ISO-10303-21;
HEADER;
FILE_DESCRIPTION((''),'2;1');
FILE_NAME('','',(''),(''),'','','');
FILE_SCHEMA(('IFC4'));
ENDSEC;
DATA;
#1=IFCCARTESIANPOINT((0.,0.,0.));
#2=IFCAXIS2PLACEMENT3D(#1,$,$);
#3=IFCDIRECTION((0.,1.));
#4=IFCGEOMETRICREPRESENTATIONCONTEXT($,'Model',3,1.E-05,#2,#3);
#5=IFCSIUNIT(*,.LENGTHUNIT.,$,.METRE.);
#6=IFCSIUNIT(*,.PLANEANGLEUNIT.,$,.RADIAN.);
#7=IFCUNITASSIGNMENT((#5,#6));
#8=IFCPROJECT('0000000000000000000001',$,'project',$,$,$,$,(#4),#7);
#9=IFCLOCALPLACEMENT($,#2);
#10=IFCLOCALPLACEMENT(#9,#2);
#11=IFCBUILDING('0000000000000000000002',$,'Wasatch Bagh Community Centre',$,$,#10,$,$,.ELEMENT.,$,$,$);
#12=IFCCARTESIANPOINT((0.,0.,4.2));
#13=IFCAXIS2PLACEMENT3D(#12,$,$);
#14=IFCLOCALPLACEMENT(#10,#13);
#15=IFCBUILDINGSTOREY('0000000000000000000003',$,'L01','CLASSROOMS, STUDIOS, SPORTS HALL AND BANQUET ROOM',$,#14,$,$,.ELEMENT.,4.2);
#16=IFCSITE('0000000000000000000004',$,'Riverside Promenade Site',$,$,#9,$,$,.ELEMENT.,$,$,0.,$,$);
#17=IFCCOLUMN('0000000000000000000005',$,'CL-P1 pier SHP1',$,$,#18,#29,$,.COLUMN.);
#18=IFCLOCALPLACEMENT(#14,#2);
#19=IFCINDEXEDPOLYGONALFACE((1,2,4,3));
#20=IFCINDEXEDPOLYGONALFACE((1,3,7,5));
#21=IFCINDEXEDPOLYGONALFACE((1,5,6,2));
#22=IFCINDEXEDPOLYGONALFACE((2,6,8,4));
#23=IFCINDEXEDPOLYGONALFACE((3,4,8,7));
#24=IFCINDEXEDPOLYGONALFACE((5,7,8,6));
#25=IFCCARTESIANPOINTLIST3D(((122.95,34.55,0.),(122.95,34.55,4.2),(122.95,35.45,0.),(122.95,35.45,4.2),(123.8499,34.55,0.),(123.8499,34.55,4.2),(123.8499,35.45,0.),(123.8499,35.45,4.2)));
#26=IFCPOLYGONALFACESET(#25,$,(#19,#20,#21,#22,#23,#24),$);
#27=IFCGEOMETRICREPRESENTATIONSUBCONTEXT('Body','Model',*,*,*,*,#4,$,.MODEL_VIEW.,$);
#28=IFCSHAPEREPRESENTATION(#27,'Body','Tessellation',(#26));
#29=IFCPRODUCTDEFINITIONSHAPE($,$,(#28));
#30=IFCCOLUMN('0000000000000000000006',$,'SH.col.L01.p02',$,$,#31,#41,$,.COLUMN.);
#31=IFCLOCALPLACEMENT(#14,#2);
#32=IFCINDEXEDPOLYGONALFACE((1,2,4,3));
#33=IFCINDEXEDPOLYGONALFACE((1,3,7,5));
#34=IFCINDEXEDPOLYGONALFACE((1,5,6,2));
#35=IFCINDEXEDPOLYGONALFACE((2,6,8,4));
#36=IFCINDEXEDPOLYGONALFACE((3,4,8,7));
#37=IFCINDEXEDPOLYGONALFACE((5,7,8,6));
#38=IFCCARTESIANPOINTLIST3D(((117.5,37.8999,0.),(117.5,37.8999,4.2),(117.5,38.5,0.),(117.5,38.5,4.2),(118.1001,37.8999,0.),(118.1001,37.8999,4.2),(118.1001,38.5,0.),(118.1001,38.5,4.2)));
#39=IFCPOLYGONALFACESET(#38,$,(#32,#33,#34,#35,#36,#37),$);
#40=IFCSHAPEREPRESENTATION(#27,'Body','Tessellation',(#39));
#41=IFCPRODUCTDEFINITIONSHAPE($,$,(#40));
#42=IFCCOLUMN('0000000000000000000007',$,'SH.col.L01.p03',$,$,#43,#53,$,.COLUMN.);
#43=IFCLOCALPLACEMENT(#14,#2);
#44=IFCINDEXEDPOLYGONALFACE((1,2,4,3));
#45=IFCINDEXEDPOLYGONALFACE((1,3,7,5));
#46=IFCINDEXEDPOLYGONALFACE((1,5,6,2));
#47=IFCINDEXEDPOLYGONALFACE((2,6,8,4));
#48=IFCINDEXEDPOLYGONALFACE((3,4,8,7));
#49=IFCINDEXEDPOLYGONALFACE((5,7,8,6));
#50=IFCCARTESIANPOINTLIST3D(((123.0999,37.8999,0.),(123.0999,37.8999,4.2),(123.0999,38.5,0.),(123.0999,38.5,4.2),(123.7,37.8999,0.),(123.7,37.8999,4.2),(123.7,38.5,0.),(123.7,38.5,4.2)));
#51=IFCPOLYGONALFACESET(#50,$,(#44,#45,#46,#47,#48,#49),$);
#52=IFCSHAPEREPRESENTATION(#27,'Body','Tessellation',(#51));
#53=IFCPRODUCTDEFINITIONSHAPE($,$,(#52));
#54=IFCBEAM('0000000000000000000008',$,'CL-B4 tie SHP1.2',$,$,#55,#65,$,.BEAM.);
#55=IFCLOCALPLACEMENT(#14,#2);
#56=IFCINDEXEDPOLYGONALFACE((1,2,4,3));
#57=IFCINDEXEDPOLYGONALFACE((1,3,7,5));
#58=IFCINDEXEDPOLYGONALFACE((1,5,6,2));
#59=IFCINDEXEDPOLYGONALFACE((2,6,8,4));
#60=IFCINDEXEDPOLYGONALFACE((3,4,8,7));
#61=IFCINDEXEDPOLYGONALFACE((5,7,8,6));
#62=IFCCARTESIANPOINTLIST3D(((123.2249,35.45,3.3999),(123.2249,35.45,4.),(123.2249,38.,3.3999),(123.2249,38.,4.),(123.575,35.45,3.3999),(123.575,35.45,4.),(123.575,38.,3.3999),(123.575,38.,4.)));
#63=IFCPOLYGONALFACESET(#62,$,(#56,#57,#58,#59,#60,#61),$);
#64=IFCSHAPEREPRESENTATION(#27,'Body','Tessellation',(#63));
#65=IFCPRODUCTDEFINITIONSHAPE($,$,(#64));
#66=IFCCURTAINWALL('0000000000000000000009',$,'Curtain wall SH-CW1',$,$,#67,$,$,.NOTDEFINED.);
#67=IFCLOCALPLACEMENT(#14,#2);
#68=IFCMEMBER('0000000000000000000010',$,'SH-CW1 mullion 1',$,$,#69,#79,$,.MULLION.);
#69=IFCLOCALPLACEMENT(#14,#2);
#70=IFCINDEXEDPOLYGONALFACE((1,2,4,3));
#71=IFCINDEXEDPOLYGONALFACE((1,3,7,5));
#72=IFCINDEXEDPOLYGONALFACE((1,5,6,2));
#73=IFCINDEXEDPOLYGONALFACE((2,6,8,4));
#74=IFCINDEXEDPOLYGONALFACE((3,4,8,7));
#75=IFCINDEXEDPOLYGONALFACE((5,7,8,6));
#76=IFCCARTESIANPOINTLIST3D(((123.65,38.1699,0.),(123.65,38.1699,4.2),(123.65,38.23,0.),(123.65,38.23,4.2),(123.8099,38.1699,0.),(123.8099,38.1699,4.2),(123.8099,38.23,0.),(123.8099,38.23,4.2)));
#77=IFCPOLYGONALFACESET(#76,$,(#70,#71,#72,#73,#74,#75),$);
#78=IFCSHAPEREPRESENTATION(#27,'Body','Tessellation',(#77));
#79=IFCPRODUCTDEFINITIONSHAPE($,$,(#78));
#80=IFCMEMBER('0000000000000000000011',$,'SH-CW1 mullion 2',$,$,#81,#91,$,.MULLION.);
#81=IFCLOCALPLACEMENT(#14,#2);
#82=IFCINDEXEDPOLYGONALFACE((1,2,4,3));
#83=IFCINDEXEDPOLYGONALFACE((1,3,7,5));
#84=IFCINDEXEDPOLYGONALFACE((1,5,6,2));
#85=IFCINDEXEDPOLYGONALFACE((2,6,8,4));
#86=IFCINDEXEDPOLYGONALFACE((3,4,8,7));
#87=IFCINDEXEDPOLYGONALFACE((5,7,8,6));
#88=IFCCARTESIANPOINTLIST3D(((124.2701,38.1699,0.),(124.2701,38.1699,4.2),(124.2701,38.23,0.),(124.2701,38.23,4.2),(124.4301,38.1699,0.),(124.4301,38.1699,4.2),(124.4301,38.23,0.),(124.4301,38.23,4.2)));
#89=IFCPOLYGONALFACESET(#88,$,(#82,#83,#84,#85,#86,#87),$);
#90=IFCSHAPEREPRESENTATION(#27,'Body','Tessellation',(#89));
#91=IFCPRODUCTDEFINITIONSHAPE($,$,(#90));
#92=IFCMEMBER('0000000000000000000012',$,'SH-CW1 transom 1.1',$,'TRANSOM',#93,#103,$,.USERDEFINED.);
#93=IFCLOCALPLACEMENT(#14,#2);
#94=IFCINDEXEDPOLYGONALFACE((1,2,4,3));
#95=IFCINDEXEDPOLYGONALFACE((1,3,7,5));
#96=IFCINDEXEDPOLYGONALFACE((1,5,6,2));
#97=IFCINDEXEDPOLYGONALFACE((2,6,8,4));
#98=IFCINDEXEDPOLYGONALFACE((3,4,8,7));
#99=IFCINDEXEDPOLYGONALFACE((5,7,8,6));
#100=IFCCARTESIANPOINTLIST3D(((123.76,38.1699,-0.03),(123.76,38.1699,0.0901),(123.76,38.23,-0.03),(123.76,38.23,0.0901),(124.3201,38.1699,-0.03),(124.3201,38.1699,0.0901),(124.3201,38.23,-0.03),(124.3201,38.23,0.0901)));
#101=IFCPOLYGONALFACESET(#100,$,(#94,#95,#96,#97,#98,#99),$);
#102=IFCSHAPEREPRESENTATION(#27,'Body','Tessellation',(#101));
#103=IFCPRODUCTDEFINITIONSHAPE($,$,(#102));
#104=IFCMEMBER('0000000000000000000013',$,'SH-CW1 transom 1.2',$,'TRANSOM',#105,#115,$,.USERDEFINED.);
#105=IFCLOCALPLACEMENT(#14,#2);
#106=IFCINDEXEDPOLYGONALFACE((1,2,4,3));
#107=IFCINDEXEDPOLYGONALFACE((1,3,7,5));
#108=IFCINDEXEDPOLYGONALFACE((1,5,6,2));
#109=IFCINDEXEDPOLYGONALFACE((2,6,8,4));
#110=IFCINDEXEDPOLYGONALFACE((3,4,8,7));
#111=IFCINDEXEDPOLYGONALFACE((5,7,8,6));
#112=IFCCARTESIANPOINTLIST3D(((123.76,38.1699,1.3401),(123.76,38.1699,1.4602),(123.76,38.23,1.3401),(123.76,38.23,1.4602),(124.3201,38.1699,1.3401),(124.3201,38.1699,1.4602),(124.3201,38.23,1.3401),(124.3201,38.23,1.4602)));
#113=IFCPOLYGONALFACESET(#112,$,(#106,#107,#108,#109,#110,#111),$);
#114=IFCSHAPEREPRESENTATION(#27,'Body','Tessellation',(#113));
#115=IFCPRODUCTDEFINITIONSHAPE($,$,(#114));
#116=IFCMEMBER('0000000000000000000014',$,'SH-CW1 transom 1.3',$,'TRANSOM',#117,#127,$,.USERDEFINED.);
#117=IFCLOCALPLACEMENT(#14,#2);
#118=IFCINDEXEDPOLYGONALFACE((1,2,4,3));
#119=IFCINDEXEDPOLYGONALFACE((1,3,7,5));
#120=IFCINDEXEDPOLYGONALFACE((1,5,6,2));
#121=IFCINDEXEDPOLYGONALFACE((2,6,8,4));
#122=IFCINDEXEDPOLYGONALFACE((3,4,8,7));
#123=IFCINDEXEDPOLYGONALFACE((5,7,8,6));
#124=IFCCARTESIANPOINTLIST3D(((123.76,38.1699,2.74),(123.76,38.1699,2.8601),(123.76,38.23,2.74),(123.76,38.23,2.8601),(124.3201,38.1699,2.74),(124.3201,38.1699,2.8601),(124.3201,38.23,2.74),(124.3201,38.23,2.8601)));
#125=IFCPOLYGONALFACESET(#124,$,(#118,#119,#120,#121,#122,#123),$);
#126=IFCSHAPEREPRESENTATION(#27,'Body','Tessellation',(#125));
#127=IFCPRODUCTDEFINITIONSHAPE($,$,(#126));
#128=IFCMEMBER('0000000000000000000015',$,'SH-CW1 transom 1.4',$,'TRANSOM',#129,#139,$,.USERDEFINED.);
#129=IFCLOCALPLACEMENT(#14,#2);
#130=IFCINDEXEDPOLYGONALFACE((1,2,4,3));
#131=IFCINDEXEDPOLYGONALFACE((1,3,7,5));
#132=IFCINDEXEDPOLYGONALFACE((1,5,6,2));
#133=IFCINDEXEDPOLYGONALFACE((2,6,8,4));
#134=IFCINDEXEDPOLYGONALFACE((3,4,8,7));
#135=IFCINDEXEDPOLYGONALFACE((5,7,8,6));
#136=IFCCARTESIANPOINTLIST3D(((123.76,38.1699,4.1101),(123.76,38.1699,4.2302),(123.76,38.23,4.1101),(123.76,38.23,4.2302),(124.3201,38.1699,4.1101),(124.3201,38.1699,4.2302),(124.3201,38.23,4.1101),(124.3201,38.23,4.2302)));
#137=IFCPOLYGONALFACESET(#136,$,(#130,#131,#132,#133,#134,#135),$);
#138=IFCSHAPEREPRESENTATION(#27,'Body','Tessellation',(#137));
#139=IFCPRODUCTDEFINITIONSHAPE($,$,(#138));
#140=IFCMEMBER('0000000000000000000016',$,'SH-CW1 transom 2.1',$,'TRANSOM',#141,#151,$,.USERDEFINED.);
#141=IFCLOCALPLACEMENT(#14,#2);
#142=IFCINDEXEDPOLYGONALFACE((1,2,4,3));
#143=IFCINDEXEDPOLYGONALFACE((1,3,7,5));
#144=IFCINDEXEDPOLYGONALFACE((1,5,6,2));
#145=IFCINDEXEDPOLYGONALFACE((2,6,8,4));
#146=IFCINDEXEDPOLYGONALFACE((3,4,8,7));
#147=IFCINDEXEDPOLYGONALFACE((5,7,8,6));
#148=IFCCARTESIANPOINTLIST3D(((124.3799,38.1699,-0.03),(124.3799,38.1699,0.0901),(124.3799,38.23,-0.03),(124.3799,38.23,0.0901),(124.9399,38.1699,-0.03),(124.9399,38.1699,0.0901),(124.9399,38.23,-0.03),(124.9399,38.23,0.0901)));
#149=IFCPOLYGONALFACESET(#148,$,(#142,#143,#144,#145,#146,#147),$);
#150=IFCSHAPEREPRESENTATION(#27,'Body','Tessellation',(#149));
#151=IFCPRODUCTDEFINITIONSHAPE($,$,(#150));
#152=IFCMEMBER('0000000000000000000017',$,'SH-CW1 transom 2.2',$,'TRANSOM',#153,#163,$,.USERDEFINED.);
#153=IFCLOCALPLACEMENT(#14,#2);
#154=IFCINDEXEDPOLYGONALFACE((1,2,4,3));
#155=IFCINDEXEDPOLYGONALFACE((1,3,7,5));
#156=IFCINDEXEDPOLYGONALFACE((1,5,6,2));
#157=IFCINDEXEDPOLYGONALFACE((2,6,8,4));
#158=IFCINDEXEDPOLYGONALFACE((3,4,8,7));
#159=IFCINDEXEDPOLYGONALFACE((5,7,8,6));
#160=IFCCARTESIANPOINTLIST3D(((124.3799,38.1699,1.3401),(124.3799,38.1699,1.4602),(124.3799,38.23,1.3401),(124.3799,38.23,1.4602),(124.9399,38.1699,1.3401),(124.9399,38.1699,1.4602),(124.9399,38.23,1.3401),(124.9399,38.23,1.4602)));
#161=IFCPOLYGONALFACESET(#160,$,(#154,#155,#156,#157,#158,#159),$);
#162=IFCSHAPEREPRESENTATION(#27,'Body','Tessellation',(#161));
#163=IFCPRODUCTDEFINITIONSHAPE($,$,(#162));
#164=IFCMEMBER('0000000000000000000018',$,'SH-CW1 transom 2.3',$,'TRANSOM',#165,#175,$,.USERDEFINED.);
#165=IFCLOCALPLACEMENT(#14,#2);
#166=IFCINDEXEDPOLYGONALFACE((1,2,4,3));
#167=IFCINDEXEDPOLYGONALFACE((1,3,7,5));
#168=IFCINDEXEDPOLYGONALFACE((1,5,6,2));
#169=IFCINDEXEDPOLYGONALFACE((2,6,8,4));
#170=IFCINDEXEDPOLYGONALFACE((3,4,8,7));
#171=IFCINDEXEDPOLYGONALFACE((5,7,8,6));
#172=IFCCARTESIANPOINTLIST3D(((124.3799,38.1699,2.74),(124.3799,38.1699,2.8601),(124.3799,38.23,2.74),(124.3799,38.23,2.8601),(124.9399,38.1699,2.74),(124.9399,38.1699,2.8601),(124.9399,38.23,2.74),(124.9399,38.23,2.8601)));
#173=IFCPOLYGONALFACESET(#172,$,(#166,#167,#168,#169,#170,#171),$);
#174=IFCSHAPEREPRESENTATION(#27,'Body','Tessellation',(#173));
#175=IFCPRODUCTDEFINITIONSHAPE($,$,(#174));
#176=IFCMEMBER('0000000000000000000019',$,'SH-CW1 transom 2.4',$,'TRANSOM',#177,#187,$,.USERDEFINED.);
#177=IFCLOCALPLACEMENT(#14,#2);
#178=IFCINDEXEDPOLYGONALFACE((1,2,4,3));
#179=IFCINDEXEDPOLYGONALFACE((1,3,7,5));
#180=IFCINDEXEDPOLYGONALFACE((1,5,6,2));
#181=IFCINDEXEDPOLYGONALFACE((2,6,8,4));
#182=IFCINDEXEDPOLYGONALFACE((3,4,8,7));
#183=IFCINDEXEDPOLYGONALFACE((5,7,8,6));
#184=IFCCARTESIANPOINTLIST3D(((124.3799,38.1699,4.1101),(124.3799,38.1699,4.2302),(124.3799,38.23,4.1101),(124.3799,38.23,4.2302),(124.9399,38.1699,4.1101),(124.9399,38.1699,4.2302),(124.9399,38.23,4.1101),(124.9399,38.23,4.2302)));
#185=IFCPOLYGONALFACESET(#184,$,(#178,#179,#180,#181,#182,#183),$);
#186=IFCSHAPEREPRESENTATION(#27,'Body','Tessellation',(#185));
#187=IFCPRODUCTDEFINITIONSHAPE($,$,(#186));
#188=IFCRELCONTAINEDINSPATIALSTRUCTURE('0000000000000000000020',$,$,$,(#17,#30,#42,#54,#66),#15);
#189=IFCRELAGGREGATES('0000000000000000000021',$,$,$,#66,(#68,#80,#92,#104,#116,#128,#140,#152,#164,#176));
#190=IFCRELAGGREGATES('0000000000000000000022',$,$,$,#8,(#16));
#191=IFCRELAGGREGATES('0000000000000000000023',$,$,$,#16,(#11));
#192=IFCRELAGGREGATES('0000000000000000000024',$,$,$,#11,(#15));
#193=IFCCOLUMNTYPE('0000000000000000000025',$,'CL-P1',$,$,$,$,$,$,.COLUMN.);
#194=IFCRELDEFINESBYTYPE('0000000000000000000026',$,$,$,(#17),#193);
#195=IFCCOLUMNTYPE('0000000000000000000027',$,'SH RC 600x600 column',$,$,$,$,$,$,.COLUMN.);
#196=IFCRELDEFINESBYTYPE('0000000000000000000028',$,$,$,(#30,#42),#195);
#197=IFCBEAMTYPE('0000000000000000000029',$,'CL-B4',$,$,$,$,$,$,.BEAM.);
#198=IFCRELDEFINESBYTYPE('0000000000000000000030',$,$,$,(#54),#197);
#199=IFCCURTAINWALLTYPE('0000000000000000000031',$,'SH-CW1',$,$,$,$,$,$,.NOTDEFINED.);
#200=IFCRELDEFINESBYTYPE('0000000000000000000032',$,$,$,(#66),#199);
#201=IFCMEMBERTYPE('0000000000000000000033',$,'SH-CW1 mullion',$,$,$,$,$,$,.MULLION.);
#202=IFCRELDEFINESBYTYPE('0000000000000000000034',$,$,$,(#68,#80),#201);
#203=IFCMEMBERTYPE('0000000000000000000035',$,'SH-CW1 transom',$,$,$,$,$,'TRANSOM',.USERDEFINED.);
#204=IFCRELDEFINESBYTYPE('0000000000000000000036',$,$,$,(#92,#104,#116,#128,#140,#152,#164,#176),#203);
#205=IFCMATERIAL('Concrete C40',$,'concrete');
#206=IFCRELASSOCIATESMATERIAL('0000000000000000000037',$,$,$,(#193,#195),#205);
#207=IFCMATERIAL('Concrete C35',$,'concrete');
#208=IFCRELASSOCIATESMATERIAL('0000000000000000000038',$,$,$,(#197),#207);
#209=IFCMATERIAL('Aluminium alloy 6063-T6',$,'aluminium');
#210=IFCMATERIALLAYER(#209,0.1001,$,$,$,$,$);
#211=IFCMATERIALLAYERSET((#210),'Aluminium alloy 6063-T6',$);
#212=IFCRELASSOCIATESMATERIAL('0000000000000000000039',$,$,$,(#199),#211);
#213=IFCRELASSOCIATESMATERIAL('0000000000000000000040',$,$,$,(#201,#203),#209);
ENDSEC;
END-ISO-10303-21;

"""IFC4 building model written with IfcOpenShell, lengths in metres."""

from ifc_helpers import new_model, si_unit, direction, frame, origin, origin_2d, place, context, subcontext, project, spatial, rectangle, extrude, material, layer, layer_set, material_profile, profile_set, type_object, element, aggregate, save


model = new_model("IFC4")

# Units and contexts
model_context = context("Model", 3, precision=1e-05, world=origin(), true_north=direction((0.0, 1.0)))
body_context = subcontext(model_context, "Body", "Model", "MODEL_VIEW")
ifc_project = project(units=[si_unit("LENGTHUNIT", "METRE"), si_unit("PLANEANGLEUNIT", "RADIAN")], contexts=[model_context])

# Site, building, storey
site_placement = place(None, origin())
site = spatial("IfcSite", under=ifc_project, at=site_placement, Name="Riverside Promenade Site", CompositionType="ELEMENT", RefElevation=0.0)
building_placement = place(site_placement, origin())
building = spatial("IfcBuilding", under=site, at=building_placement, Name="Wasatch Bagh Community Centre", CompositionType="ELEMENT")
storey_placement = place(building_placement, frame((0.0, 0.0, 4.2)))
storey = spatial("IfcBuildingStorey", under=building, at=storey_placement, Name="L01", Description="CLASSROOMS, STUDIOS, SPORTS HALL AND BANQUET ROOM", CompositionType="ELEMENT", Elevation=4.2)

# Columns
ifc_material_1 = material(Name="Concrete C40", Category="concrete")
ifc_material_profile_1 = material_profile(ifc_material_1, rectangle(XDim=0.8999, YDim=0.8999, at=origin_2d()), Name="RC 900x900")
ifc_profile_set_1 = profile_set([ifc_material_profile_1], Name="Concrete C40")
column_type_1 = type_object("IfcColumnType", Name="CL-P1", PredefinedType="COLUMN", material=ifc_profile_set_1)
column_placement = place(storey_placement, frame((123.3999, 35.0, 0.0), z_axis=(0.0, 0.0, 1.0), x_axis=(1.0, 0.0, 0.0)))
element("IfcColumn", 1, at=column_placement, inside=storey, type_object=column_type_1, Name="CL-P1 pier SHP1", PredefinedType="COLUMN", context=body_context, shape_type="SweptSolid", body=[
    extrude(rectangle(XDim=0.8999, YDim=0.8999, at=origin_2d()), origin(), (0.0, 0.0, 1.0), 4.2),
])
ifc_material_profile_2 = material_profile(ifc_material_1, rectangle(XDim=0.6001, YDim=0.6001, at=origin_2d()), Name="RC 600x600")
ifc_profile_set_2 = profile_set([ifc_material_profile_2], Name="Concrete C40")
column_type_2 = type_object("IfcColumnType", Name="SH RC 600x600 column", PredefinedType="COLUMN", material=ifc_profile_set_2)
for number, where, z_axis, x_axis, name in (
    (2, (117.8, 38.2, 0.0), (0.0, 0.0, 1.0), (1.0, 0.0, 0.0), "SH.col.L01.p02"),
    (3, (123.3999, 38.2, 0.0), (0.0, 0.0, 1.0), (1.0, 0.0, 0.0), "SH.col.L01.p03"),
):
    element("IfcColumn", number, at=place(storey_placement, frame(where, z_axis=z_axis, x_axis=x_axis)), inside=storey, type_object=column_type_2, Name=name, PredefinedType="COLUMN", context=body_context, shape_type="SweptSolid", body=[
        extrude(rectangle(XDim=0.6001, YDim=0.6001, at=origin_2d()), origin(), (0.0, 0.0, 1.0), 4.2),
    ])

# Beam
ifc_material_2 = material(Name="Concrete C35", Category="concrete")
ifc_material_profile_3 = material_profile(ifc_material_2, rectangle(XDim=0.3501, YDim=0.6001, at=origin_2d()), Name="RC 350x600")
ifc_profile_set_3 = profile_set([ifc_material_profile_3], Name="Concrete C35")
beam_type = type_object("IfcBeamType", Name="CL-B4", PredefinedType="BEAM", material=ifc_profile_set_3)
beam_placement = place(storey_placement, frame((123.3999, 38.0, 3.7), z_axis=(0.0, -1.0, 0.0), x_axis=(1.0, 0.0, 0.0)))
element("IfcBeam", 4, at=beam_placement, inside=storey, type_object=beam_type, Name="CL-B4 tie SHP1.2", PredefinedType="BEAM", context=body_context, shape_type="SweptSolid", body=[
    extrude(rectangle(XDim=0.3501, YDim=0.6001, at=origin_2d()), origin(), (0.0, 0.0, 1.0), 2.55),
])

# Curtain wall, members
ifc_material_3 = material(Name="Aluminium alloy 6063-T6", Category="aluminium")
ifc_layer_1 = layer(ifc_material_3, 0.1001)
ifc_layer_set_1 = layer_set([ifc_layer_1], Name="Aluminium alloy 6063-T6")
curtain_wall_type = type_object("IfcCurtainWallType", Name="SH-CW1", PredefinedType="NOTDEFINED", material=ifc_layer_set_1)
curtain_wall_placement = place(storey_placement, origin())
curtain_wall = element("IfcCurtainWall", 5, at=curtain_wall_placement, inside=storey, type_object=curtain_wall_type, Name="Curtain wall SH-CW1", PredefinedType="NOTDEFINED")
ifc_material_profile_4 = material_profile(ifc_material_3, rectangle(XDim=0.0601, YDim=0.1599, at=origin_2d()), Name="AL 60x160")
ifc_profile_set_4 = profile_set([ifc_material_profile_4], Name="Aluminium alloy 6063-T6")
member_type_1 = type_object("IfcMemberType", Name="SH-CW1 mullion", PredefinedType="MULLION", material=ifc_profile_set_4)
member_1_placement = place(storey_placement, frame((123.73, 38.2, 0.0), z_axis=(0.0, 0.0, 1.0), x_axis=(0.0, 1.0, 0.0)))
member_1 = element("IfcMember", 6, at=member_1_placement, type_object=member_type_1, Name="SH-CW1 mullion 1", PredefinedType="MULLION", context=body_context, shape_type="SweptSolid", body=[
    extrude(rectangle(XDim=0.0601, YDim=0.1599, at=origin_2d()), origin(), (0.0, 0.0, 1.0), 4.2),
])
member_2_placement = place(storey_placement, frame((124.3501, 38.2, 0.0), z_axis=(0.0, 0.0, 1.0), x_axis=(0.0, 1.0, 0.0)))
member_2 = element("IfcMember", 7, at=member_2_placement, type_object=member_type_1, Name="SH-CW1 mullion 2", PredefinedType="MULLION", context=body_context, shape_type="SweptSolid", body=[
    extrude(rectangle(XDim=0.0601, YDim=0.1599, at=origin_2d()), origin(), (0.0, 0.0, 1.0), 4.2),
])
ifc_material_profile_5 = material_profile(ifc_material_3, rectangle(XDim=0.0601, YDim=0.1201, at=origin_2d()), Name="AL 60x120")
ifc_profile_set_5 = profile_set([ifc_material_profile_5], Name="Aluminium alloy 6063-T6")
member_type_2 = type_object("IfcMemberType", Name="SH-CW1 transom", ElementType="TRANSOM", PredefinedType="USERDEFINED", material=ifc_profile_set_5)
member_3_placement = place(storey_placement, frame((123.76, 38.2, 0.03), z_axis=(1.0, 0.0, 0.0), x_axis=(0.0, 1.0, 0.0)))
member_3 = element("IfcMember", 8, at=member_3_placement, type_object=member_type_2, Name="SH-CW1 transom 1.1", ObjectType="TRANSOM", PredefinedType="USERDEFINED", context=body_context, shape_type="SweptSolid", body=[
    extrude(rectangle(XDim=0.0601, YDim=0.1201, at=origin_2d()), origin(), (0.0, 0.0, 1.0), 0.5601),
])
member_4_placement = place(storey_placement, frame((123.76, 38.2, 1.4001), z_axis=(1.0, 0.0, 0.0), x_axis=(0.0, 1.0, 0.0)))
member_4 = element("IfcMember", 9, at=member_4_placement, type_object=member_type_2, Name="SH-CW1 transom 1.2", ObjectType="TRANSOM", PredefinedType="USERDEFINED", context=body_context, shape_type="SweptSolid", body=[
    extrude(rectangle(XDim=0.0601, YDim=0.1201, at=origin_2d()), origin(), (0.0, 0.0, 1.0), 0.5601),
])
member_5_placement = place(storey_placement, frame((123.76, 38.2, 2.8), z_axis=(1.0, 0.0, 0.0), x_axis=(0.0, 1.0, 0.0)))
member_5 = element("IfcMember", 10, at=member_5_placement, type_object=member_type_2, Name="SH-CW1 transom 1.3", ObjectType="TRANSOM", PredefinedType="USERDEFINED", context=body_context, shape_type="SweptSolid", body=[
    extrude(rectangle(XDim=0.0601, YDim=0.1201, at=origin_2d()), origin(), (0.0, 0.0, 1.0), 0.5601),
])
member_6_placement = place(storey_placement, frame((123.76, 38.2, 4.1702), z_axis=(1.0, 0.0, 0.0), x_axis=(0.0, 1.0, 0.0)))
member_6 = element("IfcMember", 11, at=member_6_placement, type_object=member_type_2, Name="SH-CW1 transom 1.4", ObjectType="TRANSOM", PredefinedType="USERDEFINED", context=body_context, shape_type="SweptSolid", body=[
    extrude(rectangle(XDim=0.0601, YDim=0.1201, at=origin_2d()), origin(), (0.0, 0.0, 1.0), 0.5601),
])
member_7_placement = place(storey_placement, frame((124.3799, 38.2, 0.03), z_axis=(1.0, 0.0, 0.0), x_axis=(0.0, 1.0, 0.0)))
member_7 = element("IfcMember", 12, at=member_7_placement, type_object=member_type_2, Name="SH-CW1 transom 2.1", ObjectType="TRANSOM", PredefinedType="USERDEFINED", context=body_context, shape_type="SweptSolid", body=[
    extrude(rectangle(XDim=0.0601, YDim=0.1201, at=origin_2d()), origin(), (0.0, 0.0, 1.0), 0.5601),
])
member_8_placement = place(storey_placement, frame((124.3799, 38.2, 1.4001), z_axis=(1.0, 0.0, 0.0), x_axis=(0.0, 1.0, 0.0)))
member_8 = element("IfcMember", 13, at=member_8_placement, type_object=member_type_2, Name="SH-CW1 transom 2.2", ObjectType="TRANSOM", PredefinedType="USERDEFINED", context=body_context, shape_type="SweptSolid", body=[
    extrude(rectangle(XDim=0.0601, YDim=0.1201, at=origin_2d()), origin(), (0.0, 0.0, 1.0), 0.5601),
])
member_9_placement = place(storey_placement, frame((124.3799, 38.2, 2.8), z_axis=(1.0, 0.0, 0.0), x_axis=(0.0, 1.0, 0.0)))
member_9 = element("IfcMember", 14, at=member_9_placement, type_object=member_type_2, Name="SH-CW1 transom 2.3", ObjectType="TRANSOM", PredefinedType="USERDEFINED", context=body_context, shape_type="SweptSolid", body=[
    extrude(rectangle(XDim=0.0601, YDim=0.1201, at=origin_2d()), origin(), (0.0, 0.0, 1.0), 0.5601),
])
member_10_placement = place(storey_placement, frame((124.3799, 38.2, 4.1702), z_axis=(1.0, 0.0, 0.0), x_axis=(0.0, 1.0, 0.0)))
member_10 = element("IfcMember", 15, at=member_10_placement, type_object=member_type_2, Name="SH-CW1 transom 2.4", ObjectType="TRANSOM", PredefinedType="USERDEFINED", context=body_context, shape_type="SweptSolid", body=[
    extrude(rectangle(XDim=0.0601, YDim=0.1201, at=origin_2d()), origin(), (0.0, 0.0, 1.0), 0.5601),
])
aggregate(curtain_wall, [member_1, member_2, member_3, member_4, member_5, member_6, member_7, member_8, member_9, member_10])

save(model, "model.ifc")
